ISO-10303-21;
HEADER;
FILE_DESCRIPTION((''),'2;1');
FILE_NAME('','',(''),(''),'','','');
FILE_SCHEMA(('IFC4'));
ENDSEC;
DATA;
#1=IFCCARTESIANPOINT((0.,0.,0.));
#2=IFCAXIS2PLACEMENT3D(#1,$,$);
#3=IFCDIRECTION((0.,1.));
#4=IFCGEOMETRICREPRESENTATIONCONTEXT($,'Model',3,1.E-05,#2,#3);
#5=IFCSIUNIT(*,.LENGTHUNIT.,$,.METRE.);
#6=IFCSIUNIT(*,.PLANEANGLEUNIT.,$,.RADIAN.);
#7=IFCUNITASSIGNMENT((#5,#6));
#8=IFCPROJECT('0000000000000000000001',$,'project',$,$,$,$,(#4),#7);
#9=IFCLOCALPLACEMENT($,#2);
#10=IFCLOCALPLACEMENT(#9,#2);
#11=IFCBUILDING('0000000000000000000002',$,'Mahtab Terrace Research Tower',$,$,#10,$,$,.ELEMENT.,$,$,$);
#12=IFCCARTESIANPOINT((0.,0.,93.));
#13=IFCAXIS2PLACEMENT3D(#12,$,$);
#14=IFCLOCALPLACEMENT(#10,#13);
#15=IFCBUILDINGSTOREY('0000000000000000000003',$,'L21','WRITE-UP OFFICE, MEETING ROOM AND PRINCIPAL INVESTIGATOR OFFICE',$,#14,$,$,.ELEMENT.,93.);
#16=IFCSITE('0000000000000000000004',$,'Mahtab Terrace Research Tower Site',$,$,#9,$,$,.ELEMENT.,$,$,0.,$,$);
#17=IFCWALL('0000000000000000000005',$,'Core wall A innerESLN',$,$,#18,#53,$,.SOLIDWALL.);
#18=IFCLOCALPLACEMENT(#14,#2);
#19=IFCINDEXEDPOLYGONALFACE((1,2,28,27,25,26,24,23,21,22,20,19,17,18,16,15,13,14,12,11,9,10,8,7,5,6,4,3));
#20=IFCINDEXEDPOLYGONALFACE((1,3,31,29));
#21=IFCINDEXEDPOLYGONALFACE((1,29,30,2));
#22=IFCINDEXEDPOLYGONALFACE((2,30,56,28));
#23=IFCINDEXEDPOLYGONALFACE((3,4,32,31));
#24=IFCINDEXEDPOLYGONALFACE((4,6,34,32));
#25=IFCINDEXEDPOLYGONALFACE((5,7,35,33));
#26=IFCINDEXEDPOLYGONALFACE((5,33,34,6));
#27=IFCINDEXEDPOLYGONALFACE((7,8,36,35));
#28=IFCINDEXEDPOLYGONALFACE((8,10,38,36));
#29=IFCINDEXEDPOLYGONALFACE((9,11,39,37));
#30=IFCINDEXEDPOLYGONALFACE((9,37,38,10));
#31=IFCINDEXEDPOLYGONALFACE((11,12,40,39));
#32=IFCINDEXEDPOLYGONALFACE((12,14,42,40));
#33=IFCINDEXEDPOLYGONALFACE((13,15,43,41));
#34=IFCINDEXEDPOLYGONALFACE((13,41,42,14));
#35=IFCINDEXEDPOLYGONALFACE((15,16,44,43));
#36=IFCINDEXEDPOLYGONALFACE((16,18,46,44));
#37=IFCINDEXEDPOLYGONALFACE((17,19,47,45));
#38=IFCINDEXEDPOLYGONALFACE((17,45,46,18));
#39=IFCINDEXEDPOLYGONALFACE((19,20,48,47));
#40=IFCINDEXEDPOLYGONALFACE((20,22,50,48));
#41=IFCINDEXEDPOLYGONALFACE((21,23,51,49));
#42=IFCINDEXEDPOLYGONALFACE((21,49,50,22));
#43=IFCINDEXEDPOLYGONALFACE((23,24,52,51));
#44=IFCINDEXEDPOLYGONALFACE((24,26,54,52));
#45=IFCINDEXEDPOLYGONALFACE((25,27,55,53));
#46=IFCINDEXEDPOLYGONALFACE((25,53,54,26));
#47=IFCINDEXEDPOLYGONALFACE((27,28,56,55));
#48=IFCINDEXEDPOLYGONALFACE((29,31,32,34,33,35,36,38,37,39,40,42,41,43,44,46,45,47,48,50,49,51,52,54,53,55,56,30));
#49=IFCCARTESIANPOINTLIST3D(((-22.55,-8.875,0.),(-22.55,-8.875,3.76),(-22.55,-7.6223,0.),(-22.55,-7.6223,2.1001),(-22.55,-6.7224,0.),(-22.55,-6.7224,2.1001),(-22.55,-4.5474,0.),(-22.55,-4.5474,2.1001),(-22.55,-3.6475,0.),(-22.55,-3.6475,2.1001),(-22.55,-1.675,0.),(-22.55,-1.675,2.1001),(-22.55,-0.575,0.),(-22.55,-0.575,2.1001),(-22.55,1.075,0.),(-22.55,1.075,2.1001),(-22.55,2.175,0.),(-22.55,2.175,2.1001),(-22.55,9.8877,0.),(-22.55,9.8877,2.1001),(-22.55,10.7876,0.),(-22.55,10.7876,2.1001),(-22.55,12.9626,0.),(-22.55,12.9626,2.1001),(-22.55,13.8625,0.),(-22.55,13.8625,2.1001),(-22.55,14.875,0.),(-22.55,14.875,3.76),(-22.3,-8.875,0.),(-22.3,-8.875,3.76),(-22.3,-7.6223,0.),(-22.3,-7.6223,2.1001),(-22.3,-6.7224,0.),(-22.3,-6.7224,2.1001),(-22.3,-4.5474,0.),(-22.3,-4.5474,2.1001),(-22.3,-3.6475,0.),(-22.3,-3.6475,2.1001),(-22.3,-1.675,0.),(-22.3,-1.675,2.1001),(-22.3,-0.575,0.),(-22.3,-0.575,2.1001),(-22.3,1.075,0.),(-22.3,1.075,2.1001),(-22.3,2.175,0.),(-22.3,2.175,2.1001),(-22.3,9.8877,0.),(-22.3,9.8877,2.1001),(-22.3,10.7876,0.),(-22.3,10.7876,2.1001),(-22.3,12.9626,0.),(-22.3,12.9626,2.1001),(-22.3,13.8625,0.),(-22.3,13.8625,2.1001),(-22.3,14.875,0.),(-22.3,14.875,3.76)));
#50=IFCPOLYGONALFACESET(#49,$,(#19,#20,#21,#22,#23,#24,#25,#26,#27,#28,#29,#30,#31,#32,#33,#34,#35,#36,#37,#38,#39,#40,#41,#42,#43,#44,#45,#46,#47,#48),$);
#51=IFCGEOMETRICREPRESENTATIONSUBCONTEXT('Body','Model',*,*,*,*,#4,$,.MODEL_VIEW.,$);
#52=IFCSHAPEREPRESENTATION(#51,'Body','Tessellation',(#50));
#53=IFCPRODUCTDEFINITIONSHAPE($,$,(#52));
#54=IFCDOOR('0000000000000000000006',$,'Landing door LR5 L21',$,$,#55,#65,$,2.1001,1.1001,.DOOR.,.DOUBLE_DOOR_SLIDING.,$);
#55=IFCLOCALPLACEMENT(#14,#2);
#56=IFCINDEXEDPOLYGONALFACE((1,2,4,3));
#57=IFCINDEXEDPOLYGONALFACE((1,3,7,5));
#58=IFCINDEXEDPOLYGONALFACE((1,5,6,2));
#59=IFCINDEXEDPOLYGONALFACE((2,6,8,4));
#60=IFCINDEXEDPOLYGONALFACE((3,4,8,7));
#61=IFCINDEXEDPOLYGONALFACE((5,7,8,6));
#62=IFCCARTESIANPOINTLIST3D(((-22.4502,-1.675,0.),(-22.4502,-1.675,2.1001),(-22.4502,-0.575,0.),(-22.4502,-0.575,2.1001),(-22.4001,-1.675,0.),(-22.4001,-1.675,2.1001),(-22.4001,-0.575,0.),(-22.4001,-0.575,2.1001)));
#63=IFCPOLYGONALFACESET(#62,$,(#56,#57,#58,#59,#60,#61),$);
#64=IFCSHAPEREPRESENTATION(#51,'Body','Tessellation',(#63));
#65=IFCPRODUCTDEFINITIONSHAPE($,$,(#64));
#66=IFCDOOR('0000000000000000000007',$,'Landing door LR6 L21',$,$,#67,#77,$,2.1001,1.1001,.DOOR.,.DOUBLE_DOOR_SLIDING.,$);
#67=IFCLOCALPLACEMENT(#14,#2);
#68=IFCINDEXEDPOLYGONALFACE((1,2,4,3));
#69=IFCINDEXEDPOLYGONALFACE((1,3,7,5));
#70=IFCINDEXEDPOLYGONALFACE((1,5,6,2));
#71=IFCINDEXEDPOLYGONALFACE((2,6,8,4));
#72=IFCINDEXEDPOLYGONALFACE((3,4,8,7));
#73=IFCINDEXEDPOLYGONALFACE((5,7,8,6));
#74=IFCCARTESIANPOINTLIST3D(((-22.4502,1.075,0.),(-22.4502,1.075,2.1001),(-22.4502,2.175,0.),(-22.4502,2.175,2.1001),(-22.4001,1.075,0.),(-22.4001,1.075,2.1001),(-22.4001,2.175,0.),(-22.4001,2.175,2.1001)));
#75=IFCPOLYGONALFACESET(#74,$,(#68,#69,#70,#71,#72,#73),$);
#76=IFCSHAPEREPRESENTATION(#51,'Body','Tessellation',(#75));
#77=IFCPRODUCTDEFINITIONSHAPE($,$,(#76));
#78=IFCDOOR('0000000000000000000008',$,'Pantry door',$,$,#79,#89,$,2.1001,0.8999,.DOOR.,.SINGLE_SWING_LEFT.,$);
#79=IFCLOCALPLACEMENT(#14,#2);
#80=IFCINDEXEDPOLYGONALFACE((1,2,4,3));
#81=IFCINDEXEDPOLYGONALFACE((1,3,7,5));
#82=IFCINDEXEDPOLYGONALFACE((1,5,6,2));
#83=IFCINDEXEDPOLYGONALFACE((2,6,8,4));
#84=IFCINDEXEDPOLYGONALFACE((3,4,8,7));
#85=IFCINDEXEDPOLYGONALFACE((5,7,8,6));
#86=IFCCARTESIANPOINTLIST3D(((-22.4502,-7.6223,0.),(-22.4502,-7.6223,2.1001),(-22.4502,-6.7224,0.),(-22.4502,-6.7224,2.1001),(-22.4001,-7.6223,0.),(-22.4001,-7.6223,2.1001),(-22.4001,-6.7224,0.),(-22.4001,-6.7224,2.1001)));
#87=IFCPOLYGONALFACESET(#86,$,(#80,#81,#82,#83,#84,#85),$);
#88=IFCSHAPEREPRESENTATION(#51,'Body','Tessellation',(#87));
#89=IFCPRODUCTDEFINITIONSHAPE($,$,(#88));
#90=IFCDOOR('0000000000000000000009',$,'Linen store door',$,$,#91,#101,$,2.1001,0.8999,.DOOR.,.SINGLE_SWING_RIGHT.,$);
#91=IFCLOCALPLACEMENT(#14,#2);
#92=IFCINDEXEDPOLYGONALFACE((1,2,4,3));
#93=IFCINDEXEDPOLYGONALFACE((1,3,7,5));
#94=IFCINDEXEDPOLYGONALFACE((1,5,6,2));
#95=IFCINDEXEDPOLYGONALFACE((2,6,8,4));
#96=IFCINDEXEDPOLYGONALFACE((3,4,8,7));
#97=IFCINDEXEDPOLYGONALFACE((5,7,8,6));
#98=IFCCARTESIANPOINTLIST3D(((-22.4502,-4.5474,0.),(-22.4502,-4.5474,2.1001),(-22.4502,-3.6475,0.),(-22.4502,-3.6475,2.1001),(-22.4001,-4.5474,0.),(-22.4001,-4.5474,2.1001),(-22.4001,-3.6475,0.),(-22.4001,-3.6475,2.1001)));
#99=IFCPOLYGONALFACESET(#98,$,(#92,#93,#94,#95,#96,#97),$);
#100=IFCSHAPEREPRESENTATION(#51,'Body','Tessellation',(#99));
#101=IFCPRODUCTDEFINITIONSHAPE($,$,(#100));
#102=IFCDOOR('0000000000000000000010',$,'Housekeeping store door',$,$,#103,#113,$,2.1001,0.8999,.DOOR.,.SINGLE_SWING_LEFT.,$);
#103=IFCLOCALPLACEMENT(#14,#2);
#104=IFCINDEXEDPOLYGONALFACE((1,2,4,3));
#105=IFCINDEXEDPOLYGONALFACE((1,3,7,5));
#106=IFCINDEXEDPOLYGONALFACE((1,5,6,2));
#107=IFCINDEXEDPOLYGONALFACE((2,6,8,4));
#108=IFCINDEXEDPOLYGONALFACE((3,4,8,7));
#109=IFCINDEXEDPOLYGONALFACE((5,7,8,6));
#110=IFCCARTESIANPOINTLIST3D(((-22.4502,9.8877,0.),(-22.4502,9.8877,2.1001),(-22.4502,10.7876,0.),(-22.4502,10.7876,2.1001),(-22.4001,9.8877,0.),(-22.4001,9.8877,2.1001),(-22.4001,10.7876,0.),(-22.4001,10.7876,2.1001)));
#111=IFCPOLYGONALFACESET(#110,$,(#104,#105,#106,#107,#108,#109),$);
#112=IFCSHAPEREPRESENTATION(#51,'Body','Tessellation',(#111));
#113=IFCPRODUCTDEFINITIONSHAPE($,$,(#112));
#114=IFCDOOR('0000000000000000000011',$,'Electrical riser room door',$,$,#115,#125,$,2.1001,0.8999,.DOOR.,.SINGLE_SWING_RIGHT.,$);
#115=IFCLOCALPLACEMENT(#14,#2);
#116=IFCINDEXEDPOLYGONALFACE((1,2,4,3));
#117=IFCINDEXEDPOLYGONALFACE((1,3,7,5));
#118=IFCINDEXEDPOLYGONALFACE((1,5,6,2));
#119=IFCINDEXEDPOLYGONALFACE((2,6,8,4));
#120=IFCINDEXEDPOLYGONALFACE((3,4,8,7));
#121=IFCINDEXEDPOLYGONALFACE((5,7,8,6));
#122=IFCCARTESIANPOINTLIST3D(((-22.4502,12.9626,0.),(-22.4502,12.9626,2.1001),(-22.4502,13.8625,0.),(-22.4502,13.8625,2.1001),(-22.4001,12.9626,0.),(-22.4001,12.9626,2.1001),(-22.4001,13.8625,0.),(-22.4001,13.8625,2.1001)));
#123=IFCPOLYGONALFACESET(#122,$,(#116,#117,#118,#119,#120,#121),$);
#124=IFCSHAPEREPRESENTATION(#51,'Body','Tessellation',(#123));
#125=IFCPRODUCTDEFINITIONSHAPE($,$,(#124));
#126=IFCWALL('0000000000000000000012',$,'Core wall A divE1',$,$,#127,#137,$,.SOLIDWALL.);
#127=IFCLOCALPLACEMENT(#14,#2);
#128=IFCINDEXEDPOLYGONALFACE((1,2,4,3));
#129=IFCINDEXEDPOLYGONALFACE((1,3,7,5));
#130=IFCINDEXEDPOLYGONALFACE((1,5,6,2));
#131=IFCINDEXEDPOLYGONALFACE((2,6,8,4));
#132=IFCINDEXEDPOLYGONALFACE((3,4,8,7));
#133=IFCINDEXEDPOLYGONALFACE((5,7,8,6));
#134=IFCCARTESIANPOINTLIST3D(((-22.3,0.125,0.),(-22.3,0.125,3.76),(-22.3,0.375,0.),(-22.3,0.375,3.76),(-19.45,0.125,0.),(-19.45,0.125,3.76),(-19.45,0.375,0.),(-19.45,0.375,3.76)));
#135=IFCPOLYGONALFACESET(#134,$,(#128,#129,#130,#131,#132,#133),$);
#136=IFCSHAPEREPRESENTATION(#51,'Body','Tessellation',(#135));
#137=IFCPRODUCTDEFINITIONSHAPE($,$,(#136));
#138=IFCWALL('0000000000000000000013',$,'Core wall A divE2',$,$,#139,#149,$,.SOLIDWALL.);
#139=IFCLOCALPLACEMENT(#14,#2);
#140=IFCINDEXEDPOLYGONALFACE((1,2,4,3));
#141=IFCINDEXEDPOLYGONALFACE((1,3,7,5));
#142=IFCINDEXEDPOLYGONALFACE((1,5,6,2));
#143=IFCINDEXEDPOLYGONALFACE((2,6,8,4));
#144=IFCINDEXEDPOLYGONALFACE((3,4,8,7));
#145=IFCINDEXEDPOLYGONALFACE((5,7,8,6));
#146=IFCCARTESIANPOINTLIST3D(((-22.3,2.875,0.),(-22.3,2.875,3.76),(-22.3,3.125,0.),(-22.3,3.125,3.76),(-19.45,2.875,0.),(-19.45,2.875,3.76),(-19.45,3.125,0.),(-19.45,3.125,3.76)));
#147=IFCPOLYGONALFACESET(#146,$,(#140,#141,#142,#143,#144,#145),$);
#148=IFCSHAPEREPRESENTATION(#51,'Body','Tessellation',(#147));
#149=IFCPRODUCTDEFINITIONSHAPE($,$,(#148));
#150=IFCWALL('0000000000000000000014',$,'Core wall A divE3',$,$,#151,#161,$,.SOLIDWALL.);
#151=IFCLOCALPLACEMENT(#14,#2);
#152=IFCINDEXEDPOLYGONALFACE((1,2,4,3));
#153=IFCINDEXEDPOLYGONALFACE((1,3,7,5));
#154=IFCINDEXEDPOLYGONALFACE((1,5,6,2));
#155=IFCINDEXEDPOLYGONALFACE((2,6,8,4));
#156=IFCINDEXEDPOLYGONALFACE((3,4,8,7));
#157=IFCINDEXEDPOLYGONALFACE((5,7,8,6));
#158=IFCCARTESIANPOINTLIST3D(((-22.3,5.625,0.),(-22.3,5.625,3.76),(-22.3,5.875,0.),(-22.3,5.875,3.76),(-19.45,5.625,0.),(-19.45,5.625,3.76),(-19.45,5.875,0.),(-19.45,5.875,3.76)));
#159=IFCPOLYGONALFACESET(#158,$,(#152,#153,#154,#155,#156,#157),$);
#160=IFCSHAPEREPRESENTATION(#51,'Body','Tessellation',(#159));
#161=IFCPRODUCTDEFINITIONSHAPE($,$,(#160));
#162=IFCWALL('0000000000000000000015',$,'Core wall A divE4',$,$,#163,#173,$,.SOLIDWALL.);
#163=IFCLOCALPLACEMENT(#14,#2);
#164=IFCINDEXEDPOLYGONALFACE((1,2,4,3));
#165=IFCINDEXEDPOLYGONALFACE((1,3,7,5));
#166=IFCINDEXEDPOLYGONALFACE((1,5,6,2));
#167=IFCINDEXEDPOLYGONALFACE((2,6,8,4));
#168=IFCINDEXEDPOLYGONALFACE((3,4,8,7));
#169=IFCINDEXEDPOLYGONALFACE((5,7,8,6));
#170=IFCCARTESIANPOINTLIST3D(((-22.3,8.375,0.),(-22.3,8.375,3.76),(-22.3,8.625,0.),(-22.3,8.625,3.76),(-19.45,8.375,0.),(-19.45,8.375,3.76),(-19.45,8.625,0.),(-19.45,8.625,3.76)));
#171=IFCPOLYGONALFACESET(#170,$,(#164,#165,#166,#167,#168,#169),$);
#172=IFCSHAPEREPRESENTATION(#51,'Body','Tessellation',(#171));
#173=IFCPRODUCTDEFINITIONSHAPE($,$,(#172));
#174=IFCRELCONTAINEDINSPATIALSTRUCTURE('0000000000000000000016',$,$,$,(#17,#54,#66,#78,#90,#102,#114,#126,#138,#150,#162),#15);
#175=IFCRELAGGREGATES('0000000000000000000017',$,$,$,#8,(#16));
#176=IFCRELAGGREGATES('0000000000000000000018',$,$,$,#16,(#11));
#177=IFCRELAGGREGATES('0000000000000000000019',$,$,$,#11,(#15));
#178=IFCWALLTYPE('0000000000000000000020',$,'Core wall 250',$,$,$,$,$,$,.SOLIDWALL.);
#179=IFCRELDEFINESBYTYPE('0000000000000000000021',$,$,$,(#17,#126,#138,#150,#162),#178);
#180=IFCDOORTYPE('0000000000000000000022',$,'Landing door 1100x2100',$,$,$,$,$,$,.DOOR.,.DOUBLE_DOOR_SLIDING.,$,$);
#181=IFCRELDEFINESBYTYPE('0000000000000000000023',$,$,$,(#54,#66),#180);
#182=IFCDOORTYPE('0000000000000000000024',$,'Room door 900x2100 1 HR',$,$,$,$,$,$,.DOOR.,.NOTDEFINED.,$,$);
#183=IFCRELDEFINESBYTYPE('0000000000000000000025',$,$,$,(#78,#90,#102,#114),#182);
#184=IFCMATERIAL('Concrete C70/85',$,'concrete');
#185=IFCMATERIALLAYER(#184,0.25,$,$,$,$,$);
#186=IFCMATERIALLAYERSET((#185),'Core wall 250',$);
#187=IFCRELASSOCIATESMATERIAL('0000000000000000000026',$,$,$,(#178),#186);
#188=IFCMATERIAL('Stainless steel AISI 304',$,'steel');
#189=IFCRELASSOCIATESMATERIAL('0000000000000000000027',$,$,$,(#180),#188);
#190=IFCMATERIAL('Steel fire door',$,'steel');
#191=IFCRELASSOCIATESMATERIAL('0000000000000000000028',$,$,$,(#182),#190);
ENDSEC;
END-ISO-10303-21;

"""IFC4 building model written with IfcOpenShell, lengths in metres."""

from ifc_helpers import new_model, si_unit, direction, frame, frame_2d, origin, place, context, subcontext, project, spatial, rectangle, extrude, material, layer, layer_set, type_object, element, fill, save


model = new_model("IFC4")

# Units and contexts
model_context = context("Model", 3, precision=1e-05, world=origin(), true_north=direction((0.0, 1.0)))
body_context = subcontext(model_context, "Body", "Model", "MODEL_VIEW")
ifc_project = project(units=[si_unit("LENGTHUNIT", "METRE"), si_unit("PLANEANGLEUNIT", "RADIAN")], contexts=[model_context])

# Site, building, storey
site_placement = place(None, origin())
site = spatial("IfcSite", under=ifc_project, at=site_placement, Name="Mahtab Terrace Research Tower Site", CompositionType="ELEMENT", RefElevation=0.0)
building_placement = place(site_placement, origin())
building = spatial("IfcBuilding", under=site, at=building_placement, Name="Mahtab Terrace Research Tower", CompositionType="ELEMENT")
storey_placement = place(building_placement, frame((0.0, 0.0, 93.0)))
storey = spatial("IfcBuildingStorey", under=building, at=storey_placement, Name="L21", Description="WRITE-UP OFFICE, MEETING ROOM AND PRINCIPAL INVESTIGATOR OFFICE", CompositionType="ELEMENT", Elevation=93.0)

# Shared definitions
ifc_material_1 = material(Name="Concrete C70/85", Category="concrete")

# Shared definitions
ifc_layer_1 = layer(ifc_material_1, 0.25)
ifc_layer_set_1 = layer_set([ifc_layer_1], Name="Core wall 250")
wall_type_1 = type_object("IfcWallType", Name="Core wall 250", PredefinedType="SOLIDWALL", material=ifc_layer_set_1)
ifc_material_2 = material(Name="Steel fire door", Category="steel")

# Wall, openings, doors
wall_1_placement = place(storey_placement, frame((-22.425, 14.875, 0.0), z_axis=(0.0, 0.0, 1.0), x_axis=(0.0, -1.0, 0.0)))
wall_1 = element("IfcWall", 1, at=wall_1_placement, inside=storey, type_object=wall_type_1, Name="Core wall A innerESLN", PredefinedType="SOLIDWALL", context=body_context, shape_type="SweptSolid", body=[
    extrude(rectangle(XDim=23.75, YDim=0.25, at=frame_2d((11.875, 0.0))), origin(), (0.0, 0.0, 1.0), 3.76),
])
opening_1_placement = place(wall_1_placement, frame((15.45, 0.0, 0.0)))
opening_1 = element("IfcOpeningElement", 2, at=opening_1_placement, cuts=wall_1, PredefinedType="OPENING", context=body_context, shape_type="SweptSolid", body=[
    extrude(rectangle(XDim=1.1001, YDim=2.1001, at=frame_2d((0.55, 1.05))), frame((0.0, 0.135, 0.0), z_axis=(0.0, -1.0, 0.0), x_axis=(1.0, 0.0, 0.0)), (0.0, 0.0, 1.0), 0.27),
])
opening_2_placement = place(wall_1_placement, frame((12.7, 0.0, 0.0)))
opening_2 = element("IfcOpeningElement", 3, at=opening_2_placement, cuts=wall_1, PredefinedType="OPENING", context=body_context, shape_type="SweptSolid", body=[
    extrude(rectangle(XDim=1.1001, YDim=2.1001, at=frame_2d((0.55, 1.05))), frame((0.0, 0.135, 0.0), z_axis=(0.0, -1.0, 0.0), x_axis=(1.0, 0.0, 0.0)), (0.0, 0.0, 1.0), 0.27),
])
opening_3_placement = place(wall_1_placement, frame((21.5974, 0.0, 0.0)))
opening_3 = element("IfcOpeningElement", 4, at=opening_3_placement, cuts=wall_1, PredefinedType="OPENING", context=body_context, shape_type="SweptSolid", body=[
    extrude(rectangle(XDim=0.8999, YDim=2.1001, at=frame_2d((0.45, 1.05))), frame((0.0, 0.135, 0.0), z_axis=(0.0, -1.0, 0.0), x_axis=(1.0, 0.0, 0.0)), (0.0, 0.0, 1.0), 0.27),
])
opening_4_placement = place(wall_1_placement, frame((18.5225, 0.0, 0.0)))
opening_4 = element("IfcOpeningElement", 5, at=opening_4_placement, cuts=wall_1, PredefinedType="OPENING", context=body_context, shape_type="SweptSolid", body=[
    extrude(rectangle(XDim=0.8999, YDim=2.1001, at=frame_2d((0.45, 1.05))), frame((0.0, 0.135, 0.0), z_axis=(0.0, -1.0, 0.0), x_axis=(1.0, 0.0, 0.0)), (0.0, 0.0, 1.0), 0.27),
])
opening_5_placement = place(wall_1_placement, frame((4.0874, 0.0, 0.0)))
opening_5 = element("IfcOpeningElement", 6, at=opening_5_placement, cuts=wall_1, PredefinedType="OPENING", context=body_context, shape_type="SweptSolid", body=[
    extrude(rectangle(XDim=0.8999, YDim=2.1001, at=frame_2d((0.45, 1.05))), frame((0.0, 0.135, 0.0), z_axis=(0.0, -1.0, 0.0), x_axis=(1.0, 0.0, 0.0)), (0.0, 0.0, 1.0), 0.27),
])
opening_6_placement = place(wall_1_placement, frame((1.0125, 0.0, 0.0)))
opening_6 = element("IfcOpeningElement", 7, at=opening_6_placement, cuts=wall_1, PredefinedType="OPENING", context=body_context, shape_type="SweptSolid", body=[
    extrude(rectangle(XDim=0.8999, YDim=2.1001, at=frame_2d((0.45, 1.05))), frame((0.0, 0.135, 0.0), z_axis=(0.0, -1.0, 0.0), x_axis=(1.0, 0.0, 0.0)), (0.0, 0.0, 1.0), 0.27),
])
ifc_material_3 = material(Name="Stainless steel AISI 304", Category="steel")
door_type_1 = type_object("IfcDoorType", Name="Landing door 1100x2100", OperationType="DOUBLE_DOOR_SLIDING", PredefinedType="DOOR", material=ifc_material_3)
door_1_placement = place(opening_1_placement, origin())
door_1 = element("IfcDoor", 8, at=door_1_placement, inside=storey, type_object=door_type_1, Name="Landing door LR5 L21", OperationType="DOUBLE_DOOR_SLIDING", OverallHeight=2.1001, OverallWidth=1.1001, PredefinedType="DOOR", context=body_context, shape_type="SweptSolid", body=[
    extrude(rectangle(XDim=1.1001, YDim=2.1001, at=frame_2d((0.55, 1.05))), frame((0.0, 0.0249, 0.0), z_axis=(0.0, -1.0, 0.0), x_axis=(1.0, 0.0, 0.0)), (0.0, 0.0, 1.0), 0.05),
])
fill(opening_1, door_1)
door_2_placement = place(opening_2_placement, origin())
door_2 = element("IfcDoor", 9, at=door_2_placement, inside=storey, type_object=door_type_1, Name="Landing door LR6 L21", OperationType="DOUBLE_DOOR_SLIDING", OverallHeight=2.1001, OverallWidth=1.1001, PredefinedType="DOOR", context=body_context, shape_type="SweptSolid", body=[
    extrude(rectangle(XDim=1.1001, YDim=2.1001, at=frame_2d((0.55, 1.05))), frame((0.0, 0.0249, 0.0), z_axis=(0.0, -1.0, 0.0), x_axis=(1.0, 0.0, 0.0)), (0.0, 0.0, 1.0), 0.05),
])
fill(opening_2, door_2)
door_type_2 = type_object("IfcDoorType", Name="Room door 900x2100 1 HR", OperationType="NOTDEFINED", PredefinedType="DOOR", material=ifc_material_2)
door_3_placement = place(opening_3_placement, origin())
door_3 = element("IfcDoor", 10, at=door_3_placement, inside=storey, type_object=door_type_2, Name="Pantry door", OperationType="SINGLE_SWING_LEFT", OverallHeight=2.1001, OverallWidth=0.8999, PredefinedType="DOOR", context=body_context, shape_type="SweptSolid", body=[
    extrude(rectangle(XDim=0.8999, YDim=2.1001, at=frame_2d((0.45, 1.05))), frame((0.0, 0.0249, 0.0), z_axis=(0.0, -1.0, 0.0), x_axis=(1.0, 0.0, 0.0)), (0.0, 0.0, 1.0), 0.05),
])
fill(opening_3, door_3)
door_4_placement = place(opening_4_placement, origin())
door_4 = element("IfcDoor", 11, at=door_4_placement, inside=storey, type_object=door_type_2, Name="Linen store door", OperationType="SINGLE_SWING_RIGHT", OverallHeight=2.1001, OverallWidth=0.8999, PredefinedType="DOOR", context=body_context, shape_type="SweptSolid", body=[
    extrude(rectangle(XDim=0.8999, YDim=2.1001, at=frame_2d((0.45, 1.05))), frame((0.0, 0.0249, 0.0), z_axis=(0.0, -1.0, 0.0), x_axis=(1.0, 0.0, 0.0)), (0.0, 0.0, 1.0), 0.05),
])
fill(opening_4, door_4)
door_5_placement = place(opening_5_placement, origin())
door_5 = element("IfcDoor", 12, at=door_5_placement, inside=storey, type_object=door_type_2, Name="Housekeeping store door", OperationType="SINGLE_SWING_LEFT", OverallHeight=2.1001, OverallWidth=0.8999, PredefinedType="DOOR", context=body_context, shape_type="SweptSolid", body=[
    extrude(rectangle(XDim=0.8999, YDim=2.1001, at=frame_2d((0.45, 1.05))), frame((0.0, 0.0249, 0.0), z_axis=(0.0, -1.0, 0.0), x_axis=(1.0, 0.0, 0.0)), (0.0, 0.0, 1.0), 0.05),
])
fill(opening_5, door_5)
door_6_placement = place(opening_6_placement, origin())
door_6 = element("IfcDoor", 13, at=door_6_placement, inside=storey, type_object=door_type_2, Name="Electrical riser room door", OperationType="SINGLE_SWING_RIGHT", OverallHeight=2.1001, OverallWidth=0.8999, PredefinedType="DOOR", context=body_context, shape_type="SweptSolid", body=[
    extrude(rectangle(XDim=0.8999, YDim=2.1001, at=frame_2d((0.45, 1.05))), frame((0.0, 0.0249, 0.0), z_axis=(0.0, -1.0, 0.0), x_axis=(1.0, 0.0, 0.0)), (0.0, 0.0, 1.0), 0.05),
])
fill(opening_6, door_6)

# Walls
for number, where, z_axis, x_axis, name in (
    (14, (-22.3, 0.25, 0.0), (0.0, 0.0, 1.0), (1.0, 0.0, 0.0), "Core wall A divE1"),
    (15, (-22.3, 3.0, 0.0), (0.0, 0.0, 1.0), (1.0, 0.0, 0.0), "Core wall A divE2"),
    (16, (-22.3, 5.75, 0.0), (0.0, 0.0, 1.0), (1.0, 0.0, 0.0), "Core wall A divE3"),
    (17, (-22.3, 8.5, 0.0), (0.0, 0.0, 1.0), (1.0, 0.0, 0.0), "Core wall A divE4"),
):
    element("IfcWall", number, at=place(storey_placement, frame(where, z_axis=z_axis, x_axis=x_axis)), inside=storey, type_object=wall_type_1, Name=name, PredefinedType="SOLIDWALL", context=body_context, shape_type="SweptSolid", body=[
        extrude(rectangle(XDim=2.8501, YDim=0.25, at=frame_2d((1.425, 0.0))), origin(), (0.0, 0.0, 1.0), 3.76),
    ])

save(model, "model.ifc")
